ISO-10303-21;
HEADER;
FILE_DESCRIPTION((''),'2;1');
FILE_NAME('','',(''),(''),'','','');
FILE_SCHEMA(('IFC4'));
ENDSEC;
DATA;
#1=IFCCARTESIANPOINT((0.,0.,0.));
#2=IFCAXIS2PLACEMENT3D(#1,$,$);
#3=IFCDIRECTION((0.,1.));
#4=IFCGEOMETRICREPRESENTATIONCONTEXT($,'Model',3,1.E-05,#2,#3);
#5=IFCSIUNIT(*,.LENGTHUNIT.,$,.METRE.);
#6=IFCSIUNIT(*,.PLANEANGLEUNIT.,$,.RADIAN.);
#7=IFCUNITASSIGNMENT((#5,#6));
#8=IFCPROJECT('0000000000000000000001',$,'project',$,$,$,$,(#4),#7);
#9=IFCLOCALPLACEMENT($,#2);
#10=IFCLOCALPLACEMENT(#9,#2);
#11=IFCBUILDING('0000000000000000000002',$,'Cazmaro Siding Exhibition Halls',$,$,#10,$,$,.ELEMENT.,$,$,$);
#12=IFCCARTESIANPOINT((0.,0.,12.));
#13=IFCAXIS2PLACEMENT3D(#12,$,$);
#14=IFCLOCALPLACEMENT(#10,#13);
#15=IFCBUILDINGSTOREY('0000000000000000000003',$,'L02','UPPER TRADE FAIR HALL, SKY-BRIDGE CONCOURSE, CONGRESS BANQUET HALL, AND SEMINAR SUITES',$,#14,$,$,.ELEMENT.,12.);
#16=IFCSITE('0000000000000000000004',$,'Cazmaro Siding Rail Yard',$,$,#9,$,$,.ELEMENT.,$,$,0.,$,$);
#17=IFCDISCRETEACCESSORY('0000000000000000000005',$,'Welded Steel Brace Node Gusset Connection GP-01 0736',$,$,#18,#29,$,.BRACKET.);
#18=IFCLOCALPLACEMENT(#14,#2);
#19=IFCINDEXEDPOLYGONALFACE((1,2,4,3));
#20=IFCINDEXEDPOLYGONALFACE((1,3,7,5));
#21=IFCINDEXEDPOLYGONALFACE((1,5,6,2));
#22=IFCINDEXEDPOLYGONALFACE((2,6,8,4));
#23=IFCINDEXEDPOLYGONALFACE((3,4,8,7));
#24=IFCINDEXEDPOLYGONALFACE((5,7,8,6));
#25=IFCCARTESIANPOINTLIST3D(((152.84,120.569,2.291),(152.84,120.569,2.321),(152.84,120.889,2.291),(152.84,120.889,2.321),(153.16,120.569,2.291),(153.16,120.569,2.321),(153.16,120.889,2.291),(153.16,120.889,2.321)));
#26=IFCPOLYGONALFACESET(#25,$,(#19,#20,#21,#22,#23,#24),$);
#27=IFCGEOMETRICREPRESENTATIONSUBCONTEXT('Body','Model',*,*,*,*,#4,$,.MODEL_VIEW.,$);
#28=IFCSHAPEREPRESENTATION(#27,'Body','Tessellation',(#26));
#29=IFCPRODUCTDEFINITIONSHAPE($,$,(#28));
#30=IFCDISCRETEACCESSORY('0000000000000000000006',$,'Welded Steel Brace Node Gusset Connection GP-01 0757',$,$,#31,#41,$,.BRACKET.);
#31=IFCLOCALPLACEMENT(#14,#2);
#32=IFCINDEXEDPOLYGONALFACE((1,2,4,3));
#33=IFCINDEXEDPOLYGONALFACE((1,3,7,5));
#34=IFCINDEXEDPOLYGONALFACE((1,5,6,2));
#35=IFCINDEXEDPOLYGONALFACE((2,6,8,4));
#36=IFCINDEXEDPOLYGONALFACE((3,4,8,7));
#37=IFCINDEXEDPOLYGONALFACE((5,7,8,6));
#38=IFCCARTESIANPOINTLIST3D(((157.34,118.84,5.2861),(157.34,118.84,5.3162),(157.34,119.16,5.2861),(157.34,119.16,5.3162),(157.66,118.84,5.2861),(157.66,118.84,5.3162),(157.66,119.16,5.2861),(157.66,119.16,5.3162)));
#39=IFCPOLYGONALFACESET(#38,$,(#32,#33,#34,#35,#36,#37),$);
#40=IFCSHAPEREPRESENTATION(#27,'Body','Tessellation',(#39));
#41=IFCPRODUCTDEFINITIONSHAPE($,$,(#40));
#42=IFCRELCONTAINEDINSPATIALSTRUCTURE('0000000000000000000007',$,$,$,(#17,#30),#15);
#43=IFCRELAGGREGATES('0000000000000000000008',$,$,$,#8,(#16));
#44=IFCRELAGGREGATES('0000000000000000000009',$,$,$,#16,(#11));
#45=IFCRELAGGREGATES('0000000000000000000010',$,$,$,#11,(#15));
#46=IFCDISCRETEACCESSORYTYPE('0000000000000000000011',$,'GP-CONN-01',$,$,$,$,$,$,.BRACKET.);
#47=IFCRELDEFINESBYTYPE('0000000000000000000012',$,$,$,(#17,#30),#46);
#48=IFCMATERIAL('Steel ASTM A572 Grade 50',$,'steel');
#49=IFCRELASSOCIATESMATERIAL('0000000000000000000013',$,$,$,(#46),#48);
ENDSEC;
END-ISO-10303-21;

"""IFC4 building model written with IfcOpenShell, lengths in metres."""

from ifc_helpers import new_model, si_unit, direction, frame, origin, origin_2d, place, context, subcontext, project, spatial, rectangle, extrude, material, type_object, element, save


model = new_model("IFC4")

# Units and contexts
model_context = context("Model", 3, precision=1e-05, world=origin(), true_north=direction((0.0, 1.0)))
body_context = subcontext(model_context, "Body", "Model", "MODEL_VIEW")
ifc_project = project(units=[si_unit("LENGTHUNIT", "METRE"), si_unit("PLANEANGLEUNIT", "RADIAN")], contexts=[model_context])

# Site, building, storey
site_placement = place(None, origin())
site = spatial("IfcSite", under=ifc_project, at=site_placement, Name="Cazmaro Siding Rail Yard", CompositionType="ELEMENT", RefElevation=0.0)
building_placement = place(site_placement, origin())
building = spatial("IfcBuilding", under=site, at=building_placement, Name="Cazmaro Siding Exhibition Halls", CompositionType="ELEMENT")
storey_placement = place(building_placement, frame((0.0, 0.0, 12.0)))
storey = spatial("IfcBuildingStorey", under=building, at=storey_placement, Name="L02", Description="UPPER TRADE FAIR HALL, SKY-BRIDGE CONCOURSE, CONGRESS BANQUET HALL, AND SEMINAR SUITES", CompositionType="ELEMENT", Elevation=12.0)

# Discrete accessories
ifc_material_1 = material(Name="Steel ASTM A572 Grade 50", Category="steel")
discrete_accessory_type = type_object("IfcDiscreteAccessoryType", Name="GP-CONN-01", PredefinedType="BRACKET", material=ifc_material_1)
for number, where, z_axis, x_axis, name in (
    (1, (153.0, 120.729, 2.291), (0.0, 0.0, 1.0), (1.0, 0.0, 0.0), "Welded Steel Brace Node Gusset Connection GP-01 0736"),
    (2, (157.5, 119.0, 5.2861), (0.0, 0.0, 1.0), (1.0, 0.0, 0.0), "Welded Steel Brace Node Gusset Connection GP-01 0757"),
):
    element("IfcDiscreteAccessory", number, at=place(storey_placement, frame(where, z_axis=z_axis, x_axis=x_axis)), inside=storey, type_object=discrete_accessory_type, Name=name, PredefinedType="BRACKET", context=body_context, shape_type="SweptSolid", body=[
        extrude(rectangle(XDim=0.3201, YDim=0.3201, at=origin_2d()), origin(), (0.0, 0.0, 1.0), 0.03),
    ])

save(model, "model.ifc")
